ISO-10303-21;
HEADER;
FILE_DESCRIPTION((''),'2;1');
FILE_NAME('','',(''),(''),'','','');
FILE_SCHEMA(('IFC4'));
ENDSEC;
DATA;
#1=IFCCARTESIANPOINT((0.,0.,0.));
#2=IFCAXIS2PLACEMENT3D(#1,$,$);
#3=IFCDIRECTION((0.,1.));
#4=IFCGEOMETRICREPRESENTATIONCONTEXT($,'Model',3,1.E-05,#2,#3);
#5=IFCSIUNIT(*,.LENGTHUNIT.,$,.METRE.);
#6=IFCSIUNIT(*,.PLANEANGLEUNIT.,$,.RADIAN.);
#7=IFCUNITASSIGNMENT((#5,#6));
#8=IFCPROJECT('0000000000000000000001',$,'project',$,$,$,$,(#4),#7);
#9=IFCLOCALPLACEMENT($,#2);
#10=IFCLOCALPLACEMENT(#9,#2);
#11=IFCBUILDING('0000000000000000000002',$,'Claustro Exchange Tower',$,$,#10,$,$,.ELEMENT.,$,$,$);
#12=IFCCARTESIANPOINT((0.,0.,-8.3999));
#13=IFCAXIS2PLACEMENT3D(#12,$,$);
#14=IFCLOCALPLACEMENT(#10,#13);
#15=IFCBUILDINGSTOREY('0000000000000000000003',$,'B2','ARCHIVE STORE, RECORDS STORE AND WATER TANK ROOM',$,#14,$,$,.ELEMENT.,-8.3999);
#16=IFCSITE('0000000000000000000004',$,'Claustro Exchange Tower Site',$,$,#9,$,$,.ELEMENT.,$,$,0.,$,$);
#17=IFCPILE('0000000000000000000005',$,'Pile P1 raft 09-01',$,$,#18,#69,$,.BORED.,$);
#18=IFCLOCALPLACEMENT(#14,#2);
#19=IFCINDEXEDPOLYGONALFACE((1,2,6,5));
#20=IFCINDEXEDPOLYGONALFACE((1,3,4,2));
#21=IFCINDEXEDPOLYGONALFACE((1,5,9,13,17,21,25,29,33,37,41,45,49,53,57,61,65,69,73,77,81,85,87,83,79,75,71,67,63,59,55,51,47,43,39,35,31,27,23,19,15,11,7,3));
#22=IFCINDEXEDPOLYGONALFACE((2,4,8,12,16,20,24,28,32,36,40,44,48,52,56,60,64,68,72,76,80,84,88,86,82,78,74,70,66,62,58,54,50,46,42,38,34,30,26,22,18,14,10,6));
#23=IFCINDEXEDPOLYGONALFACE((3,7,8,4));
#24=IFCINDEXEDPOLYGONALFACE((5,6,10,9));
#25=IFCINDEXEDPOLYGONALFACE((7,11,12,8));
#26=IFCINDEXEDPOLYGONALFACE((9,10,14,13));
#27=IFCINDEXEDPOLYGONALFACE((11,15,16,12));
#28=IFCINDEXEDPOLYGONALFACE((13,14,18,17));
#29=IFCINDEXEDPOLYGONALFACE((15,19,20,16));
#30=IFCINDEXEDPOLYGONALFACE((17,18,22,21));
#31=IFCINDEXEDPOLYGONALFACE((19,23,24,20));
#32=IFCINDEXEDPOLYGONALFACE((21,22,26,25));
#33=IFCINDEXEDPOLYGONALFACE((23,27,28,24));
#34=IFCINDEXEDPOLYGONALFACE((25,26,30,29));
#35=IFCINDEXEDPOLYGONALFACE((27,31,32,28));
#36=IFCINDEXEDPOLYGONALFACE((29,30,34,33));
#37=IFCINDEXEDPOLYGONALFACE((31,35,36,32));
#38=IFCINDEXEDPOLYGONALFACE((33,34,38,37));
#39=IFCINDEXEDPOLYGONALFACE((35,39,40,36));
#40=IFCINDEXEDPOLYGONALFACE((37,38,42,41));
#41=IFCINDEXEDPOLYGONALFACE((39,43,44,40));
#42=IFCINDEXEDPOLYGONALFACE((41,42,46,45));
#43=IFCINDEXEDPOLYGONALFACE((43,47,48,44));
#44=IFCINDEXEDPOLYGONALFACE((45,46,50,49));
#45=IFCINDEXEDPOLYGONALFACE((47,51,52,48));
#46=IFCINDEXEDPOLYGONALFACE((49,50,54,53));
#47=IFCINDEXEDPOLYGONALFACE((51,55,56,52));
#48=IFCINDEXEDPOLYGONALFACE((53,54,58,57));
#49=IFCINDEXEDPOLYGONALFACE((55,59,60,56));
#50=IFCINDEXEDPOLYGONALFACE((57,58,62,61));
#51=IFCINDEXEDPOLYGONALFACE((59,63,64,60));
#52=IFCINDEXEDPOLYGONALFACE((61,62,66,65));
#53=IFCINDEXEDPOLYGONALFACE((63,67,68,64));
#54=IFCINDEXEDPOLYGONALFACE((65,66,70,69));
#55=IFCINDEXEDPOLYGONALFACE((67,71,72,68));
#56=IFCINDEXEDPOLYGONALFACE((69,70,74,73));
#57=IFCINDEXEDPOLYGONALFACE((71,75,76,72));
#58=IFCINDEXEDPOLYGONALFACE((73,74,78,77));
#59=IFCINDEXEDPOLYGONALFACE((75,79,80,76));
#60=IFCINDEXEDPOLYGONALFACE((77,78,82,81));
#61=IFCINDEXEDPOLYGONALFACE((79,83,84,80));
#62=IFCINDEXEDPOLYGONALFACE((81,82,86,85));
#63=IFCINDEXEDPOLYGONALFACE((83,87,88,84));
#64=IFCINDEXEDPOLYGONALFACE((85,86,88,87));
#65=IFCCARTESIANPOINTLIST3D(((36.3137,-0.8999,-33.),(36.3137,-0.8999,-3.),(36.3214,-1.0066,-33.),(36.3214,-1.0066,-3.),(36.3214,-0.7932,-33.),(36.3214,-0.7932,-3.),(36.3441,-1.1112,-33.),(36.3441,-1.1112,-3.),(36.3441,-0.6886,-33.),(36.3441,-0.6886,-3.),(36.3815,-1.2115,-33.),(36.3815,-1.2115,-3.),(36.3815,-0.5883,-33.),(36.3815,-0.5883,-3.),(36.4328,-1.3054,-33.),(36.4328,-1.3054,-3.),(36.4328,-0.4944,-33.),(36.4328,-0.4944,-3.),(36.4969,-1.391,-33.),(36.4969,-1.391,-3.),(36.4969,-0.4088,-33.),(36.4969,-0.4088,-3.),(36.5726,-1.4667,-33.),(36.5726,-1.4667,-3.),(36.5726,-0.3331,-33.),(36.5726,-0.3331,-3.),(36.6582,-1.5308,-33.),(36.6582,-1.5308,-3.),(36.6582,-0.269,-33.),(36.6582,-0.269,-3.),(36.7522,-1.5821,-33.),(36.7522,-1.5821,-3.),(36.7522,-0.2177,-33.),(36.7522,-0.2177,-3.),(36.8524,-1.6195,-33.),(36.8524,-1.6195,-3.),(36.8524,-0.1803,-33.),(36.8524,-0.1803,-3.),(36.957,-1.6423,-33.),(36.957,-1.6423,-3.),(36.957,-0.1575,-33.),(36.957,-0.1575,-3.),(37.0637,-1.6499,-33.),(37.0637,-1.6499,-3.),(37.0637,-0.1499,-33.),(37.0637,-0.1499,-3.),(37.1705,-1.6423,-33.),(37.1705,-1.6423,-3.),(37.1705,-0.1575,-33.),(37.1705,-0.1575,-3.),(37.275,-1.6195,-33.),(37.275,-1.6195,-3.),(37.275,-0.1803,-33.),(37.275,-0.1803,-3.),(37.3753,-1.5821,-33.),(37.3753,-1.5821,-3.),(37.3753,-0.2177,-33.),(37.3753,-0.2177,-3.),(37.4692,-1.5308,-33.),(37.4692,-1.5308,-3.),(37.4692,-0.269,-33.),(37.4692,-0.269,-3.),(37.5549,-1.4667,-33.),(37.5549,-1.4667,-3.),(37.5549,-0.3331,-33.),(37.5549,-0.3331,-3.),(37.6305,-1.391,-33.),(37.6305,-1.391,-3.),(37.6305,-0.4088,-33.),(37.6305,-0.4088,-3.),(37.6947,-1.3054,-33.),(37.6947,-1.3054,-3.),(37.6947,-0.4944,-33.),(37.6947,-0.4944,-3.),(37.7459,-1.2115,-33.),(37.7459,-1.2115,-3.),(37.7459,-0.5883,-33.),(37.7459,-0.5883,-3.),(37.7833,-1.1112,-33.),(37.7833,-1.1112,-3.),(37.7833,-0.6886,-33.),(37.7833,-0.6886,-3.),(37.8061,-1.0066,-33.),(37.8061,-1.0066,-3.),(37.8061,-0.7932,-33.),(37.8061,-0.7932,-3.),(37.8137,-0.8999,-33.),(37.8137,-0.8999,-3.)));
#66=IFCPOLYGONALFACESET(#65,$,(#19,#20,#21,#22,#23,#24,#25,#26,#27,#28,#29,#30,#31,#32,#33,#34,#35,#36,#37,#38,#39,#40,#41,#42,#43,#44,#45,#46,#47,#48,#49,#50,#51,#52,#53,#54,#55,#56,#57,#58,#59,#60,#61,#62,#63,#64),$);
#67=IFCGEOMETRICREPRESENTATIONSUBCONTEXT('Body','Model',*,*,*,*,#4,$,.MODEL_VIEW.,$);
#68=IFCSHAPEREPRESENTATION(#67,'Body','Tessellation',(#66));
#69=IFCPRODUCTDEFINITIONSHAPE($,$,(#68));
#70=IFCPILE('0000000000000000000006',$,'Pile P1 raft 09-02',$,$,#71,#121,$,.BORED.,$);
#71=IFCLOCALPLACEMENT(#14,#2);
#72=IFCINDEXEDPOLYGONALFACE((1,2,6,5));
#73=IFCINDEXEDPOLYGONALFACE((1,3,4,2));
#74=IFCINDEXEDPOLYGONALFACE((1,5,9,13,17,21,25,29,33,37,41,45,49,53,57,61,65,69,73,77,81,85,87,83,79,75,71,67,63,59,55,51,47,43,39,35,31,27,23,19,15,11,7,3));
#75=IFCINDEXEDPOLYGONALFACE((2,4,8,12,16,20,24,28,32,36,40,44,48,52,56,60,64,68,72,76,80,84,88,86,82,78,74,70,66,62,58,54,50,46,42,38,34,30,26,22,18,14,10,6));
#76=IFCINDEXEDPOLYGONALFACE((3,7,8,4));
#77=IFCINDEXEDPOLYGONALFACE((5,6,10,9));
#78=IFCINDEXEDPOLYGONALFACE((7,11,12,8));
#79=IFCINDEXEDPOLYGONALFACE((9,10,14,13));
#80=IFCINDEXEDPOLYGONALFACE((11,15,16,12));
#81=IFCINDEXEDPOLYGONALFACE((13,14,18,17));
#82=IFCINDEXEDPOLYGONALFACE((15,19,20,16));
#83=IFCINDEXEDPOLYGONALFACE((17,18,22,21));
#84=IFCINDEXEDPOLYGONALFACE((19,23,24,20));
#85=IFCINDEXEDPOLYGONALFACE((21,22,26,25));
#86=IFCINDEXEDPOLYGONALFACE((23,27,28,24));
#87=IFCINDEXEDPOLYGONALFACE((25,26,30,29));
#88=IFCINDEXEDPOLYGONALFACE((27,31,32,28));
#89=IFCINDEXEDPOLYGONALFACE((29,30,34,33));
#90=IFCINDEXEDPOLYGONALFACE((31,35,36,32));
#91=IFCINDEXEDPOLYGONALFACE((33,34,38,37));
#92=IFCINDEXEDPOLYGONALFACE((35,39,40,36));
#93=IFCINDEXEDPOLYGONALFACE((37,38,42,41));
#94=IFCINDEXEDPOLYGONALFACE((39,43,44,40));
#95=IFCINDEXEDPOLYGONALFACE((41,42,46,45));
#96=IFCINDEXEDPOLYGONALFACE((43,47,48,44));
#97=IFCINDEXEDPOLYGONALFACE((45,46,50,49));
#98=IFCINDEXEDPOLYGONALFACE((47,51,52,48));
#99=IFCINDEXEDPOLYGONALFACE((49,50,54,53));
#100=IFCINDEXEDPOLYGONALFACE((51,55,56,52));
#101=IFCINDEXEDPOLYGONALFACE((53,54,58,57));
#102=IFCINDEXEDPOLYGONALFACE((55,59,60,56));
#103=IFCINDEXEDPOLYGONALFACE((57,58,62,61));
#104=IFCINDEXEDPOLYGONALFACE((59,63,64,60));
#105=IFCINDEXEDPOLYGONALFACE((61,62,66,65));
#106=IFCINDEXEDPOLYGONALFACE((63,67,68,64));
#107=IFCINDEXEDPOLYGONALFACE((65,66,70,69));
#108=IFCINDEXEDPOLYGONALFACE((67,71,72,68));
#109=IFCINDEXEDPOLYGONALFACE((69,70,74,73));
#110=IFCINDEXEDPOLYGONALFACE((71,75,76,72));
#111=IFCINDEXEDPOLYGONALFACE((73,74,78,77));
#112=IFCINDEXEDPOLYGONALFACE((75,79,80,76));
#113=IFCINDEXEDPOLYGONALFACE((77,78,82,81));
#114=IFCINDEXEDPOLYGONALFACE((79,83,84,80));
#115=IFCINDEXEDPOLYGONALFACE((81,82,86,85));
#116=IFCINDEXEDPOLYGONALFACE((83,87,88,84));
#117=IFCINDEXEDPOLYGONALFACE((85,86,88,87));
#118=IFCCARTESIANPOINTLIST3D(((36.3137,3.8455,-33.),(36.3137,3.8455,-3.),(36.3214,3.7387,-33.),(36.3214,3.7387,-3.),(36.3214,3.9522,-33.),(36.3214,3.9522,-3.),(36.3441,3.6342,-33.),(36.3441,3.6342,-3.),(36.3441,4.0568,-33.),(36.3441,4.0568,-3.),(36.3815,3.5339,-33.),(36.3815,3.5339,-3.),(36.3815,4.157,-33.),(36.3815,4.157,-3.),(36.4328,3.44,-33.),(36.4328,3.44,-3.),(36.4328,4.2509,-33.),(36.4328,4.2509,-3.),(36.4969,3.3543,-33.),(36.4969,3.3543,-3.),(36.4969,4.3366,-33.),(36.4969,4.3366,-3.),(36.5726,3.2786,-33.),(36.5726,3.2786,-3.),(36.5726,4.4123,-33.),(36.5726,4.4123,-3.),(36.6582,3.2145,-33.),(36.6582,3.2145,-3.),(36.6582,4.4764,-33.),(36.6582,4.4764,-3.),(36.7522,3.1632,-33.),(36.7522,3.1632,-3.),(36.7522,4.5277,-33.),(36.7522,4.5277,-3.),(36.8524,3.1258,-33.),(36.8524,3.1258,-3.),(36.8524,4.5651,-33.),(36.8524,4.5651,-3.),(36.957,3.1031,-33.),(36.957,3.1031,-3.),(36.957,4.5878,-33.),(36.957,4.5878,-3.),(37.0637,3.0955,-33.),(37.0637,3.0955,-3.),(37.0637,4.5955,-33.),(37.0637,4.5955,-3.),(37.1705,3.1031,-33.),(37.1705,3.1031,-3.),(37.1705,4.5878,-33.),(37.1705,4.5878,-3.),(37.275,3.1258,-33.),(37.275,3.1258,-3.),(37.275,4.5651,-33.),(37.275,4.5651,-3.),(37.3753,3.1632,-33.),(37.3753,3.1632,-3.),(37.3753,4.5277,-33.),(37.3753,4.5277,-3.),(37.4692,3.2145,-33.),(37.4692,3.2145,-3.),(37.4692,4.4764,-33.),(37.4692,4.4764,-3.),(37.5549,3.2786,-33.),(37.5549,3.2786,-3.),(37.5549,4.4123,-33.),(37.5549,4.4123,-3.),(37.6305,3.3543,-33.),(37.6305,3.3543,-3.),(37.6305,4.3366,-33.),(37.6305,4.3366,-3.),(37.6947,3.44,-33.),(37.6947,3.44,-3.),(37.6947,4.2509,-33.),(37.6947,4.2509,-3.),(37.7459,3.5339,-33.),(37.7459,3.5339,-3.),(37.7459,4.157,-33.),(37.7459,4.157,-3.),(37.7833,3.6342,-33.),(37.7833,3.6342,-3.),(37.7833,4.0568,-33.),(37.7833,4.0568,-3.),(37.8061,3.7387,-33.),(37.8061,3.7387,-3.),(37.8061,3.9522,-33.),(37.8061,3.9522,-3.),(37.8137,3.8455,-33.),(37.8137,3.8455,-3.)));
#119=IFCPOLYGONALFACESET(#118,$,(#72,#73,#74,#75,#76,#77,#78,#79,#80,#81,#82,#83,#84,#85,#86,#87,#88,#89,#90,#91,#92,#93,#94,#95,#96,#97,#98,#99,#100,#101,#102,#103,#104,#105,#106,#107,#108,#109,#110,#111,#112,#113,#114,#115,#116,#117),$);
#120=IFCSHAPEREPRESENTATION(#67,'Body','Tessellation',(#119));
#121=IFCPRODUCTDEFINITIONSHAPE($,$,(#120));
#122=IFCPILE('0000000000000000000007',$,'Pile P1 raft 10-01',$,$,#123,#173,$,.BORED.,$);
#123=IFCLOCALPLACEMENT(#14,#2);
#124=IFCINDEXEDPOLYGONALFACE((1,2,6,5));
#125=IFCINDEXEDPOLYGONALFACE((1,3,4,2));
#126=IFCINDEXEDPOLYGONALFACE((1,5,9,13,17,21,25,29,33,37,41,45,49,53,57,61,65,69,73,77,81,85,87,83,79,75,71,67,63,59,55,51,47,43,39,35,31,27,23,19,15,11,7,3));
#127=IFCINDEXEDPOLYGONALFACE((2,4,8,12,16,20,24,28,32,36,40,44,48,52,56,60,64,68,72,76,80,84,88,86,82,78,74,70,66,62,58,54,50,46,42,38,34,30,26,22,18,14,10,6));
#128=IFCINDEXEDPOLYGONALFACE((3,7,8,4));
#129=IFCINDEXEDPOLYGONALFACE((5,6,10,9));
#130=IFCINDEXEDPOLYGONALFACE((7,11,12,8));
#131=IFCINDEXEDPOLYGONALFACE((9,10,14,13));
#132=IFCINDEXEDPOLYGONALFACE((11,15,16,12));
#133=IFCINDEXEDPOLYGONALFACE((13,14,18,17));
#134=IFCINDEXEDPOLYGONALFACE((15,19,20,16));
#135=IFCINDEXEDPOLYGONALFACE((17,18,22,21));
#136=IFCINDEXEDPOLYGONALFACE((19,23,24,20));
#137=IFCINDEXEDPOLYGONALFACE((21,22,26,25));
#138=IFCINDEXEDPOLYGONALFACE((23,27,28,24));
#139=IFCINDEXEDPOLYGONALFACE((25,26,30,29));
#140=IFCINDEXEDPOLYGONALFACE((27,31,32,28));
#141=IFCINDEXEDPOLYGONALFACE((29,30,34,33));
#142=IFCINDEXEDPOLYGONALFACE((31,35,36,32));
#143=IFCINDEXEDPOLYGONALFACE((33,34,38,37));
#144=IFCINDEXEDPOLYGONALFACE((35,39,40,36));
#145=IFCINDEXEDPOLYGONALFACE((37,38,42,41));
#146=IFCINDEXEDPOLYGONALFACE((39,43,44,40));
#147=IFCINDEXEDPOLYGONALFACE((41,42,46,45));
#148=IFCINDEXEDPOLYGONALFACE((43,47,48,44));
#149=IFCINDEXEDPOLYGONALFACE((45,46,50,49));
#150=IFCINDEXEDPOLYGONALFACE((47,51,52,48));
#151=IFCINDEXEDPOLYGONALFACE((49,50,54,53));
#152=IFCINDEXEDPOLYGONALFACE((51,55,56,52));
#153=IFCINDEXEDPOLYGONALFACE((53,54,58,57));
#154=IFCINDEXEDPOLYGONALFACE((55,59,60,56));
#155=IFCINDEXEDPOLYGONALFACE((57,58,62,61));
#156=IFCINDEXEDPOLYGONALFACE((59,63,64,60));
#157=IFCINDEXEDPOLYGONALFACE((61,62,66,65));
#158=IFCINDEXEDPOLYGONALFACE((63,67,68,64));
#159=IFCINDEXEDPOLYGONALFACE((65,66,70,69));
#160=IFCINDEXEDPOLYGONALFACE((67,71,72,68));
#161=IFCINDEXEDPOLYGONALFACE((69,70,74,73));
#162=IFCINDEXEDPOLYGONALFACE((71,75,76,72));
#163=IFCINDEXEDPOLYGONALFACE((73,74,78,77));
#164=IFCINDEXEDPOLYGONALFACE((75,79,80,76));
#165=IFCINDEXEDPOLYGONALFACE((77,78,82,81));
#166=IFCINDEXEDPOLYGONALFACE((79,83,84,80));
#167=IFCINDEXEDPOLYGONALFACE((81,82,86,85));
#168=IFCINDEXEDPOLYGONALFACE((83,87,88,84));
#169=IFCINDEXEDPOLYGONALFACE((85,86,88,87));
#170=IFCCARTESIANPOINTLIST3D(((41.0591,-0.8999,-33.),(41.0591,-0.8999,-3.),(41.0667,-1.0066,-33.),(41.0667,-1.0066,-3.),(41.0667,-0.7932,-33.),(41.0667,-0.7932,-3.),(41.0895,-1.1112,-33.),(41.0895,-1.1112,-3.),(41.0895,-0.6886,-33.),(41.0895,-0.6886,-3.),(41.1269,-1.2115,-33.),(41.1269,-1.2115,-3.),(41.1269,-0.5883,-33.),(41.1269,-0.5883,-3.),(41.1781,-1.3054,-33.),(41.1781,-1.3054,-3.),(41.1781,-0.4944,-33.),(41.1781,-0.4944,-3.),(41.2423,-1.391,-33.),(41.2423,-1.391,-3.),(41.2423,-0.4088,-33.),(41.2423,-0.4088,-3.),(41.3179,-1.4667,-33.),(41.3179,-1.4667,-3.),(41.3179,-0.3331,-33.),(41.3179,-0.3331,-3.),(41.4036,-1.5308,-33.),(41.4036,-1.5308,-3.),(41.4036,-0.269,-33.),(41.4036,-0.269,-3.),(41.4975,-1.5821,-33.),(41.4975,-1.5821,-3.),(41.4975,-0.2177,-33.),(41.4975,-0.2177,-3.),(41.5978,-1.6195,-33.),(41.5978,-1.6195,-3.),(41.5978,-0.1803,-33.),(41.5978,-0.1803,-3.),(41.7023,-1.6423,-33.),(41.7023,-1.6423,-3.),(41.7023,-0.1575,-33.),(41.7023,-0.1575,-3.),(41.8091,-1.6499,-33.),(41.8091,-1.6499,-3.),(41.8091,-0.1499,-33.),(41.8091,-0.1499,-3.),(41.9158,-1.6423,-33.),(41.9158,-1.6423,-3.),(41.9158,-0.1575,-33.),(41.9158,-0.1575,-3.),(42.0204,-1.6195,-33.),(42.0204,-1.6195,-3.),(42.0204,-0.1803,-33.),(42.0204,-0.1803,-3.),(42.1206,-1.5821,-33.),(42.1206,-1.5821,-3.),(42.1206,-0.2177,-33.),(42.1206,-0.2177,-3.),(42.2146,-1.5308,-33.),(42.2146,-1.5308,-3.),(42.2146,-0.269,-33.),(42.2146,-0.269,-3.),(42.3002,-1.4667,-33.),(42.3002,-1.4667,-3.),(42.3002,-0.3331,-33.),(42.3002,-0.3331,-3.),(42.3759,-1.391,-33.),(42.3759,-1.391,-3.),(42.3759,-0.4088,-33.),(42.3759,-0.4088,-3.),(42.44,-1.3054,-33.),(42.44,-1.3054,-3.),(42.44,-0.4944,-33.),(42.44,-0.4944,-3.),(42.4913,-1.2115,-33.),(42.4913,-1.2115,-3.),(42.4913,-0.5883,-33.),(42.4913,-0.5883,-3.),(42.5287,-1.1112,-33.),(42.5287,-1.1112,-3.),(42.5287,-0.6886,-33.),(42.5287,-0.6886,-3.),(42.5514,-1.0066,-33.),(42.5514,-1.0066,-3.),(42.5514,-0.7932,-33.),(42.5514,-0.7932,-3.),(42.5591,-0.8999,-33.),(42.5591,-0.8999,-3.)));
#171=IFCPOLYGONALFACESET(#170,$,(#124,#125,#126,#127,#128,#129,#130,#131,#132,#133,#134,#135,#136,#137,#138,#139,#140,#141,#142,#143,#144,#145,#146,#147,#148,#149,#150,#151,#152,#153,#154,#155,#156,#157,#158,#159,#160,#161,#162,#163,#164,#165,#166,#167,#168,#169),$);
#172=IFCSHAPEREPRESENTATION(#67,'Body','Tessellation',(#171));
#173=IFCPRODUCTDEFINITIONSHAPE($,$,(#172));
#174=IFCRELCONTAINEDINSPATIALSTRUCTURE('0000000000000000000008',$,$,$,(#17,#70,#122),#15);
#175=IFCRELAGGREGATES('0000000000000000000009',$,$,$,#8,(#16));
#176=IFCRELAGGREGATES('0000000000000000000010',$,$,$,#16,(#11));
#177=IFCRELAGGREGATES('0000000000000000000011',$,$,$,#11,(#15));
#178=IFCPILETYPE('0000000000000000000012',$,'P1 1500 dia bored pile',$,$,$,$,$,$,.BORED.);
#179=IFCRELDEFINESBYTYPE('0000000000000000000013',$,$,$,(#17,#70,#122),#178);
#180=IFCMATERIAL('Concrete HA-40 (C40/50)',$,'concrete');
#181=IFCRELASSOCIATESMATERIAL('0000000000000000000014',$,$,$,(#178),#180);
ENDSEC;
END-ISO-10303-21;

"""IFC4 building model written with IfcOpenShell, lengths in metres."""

from ifc_helpers import new_model, si_unit, direction, frame, origin, origin_2d, place, context, subcontext, project, spatial, circle, extrude, material, type_object, element, save


model = new_model("IFC4")

# Units and contexts
model_context = context("Model", 3, precision=1e-05, world=origin(), true_north=direction((0.0, 1.0)))
body_context = subcontext(model_context, "Body", "Model", "MODEL_VIEW")
ifc_project = project(units=[si_unit("LENGTHUNIT", "METRE"), si_unit("PLANEANGLEUNIT", "RADIAN")], contexts=[model_context])

# Site, building, storey
site_placement = place(None, origin())
site = spatial("IfcSite", under=ifc_project, at=site_placement, Name="Claustro Exchange Tower Site", CompositionType="ELEMENT", RefElevation=0.0)
building_placement = place(site_placement, origin())
building = spatial("IfcBuilding", under=site, at=building_placement, Name="Claustro Exchange Tower", CompositionType="ELEMENT")
storey_placement = place(building_placement, frame((0.0, 0.0, -8.3999)))
storey = spatial("IfcBuildingStorey", under=building, at=storey_placement, Name="B2", Description="ARCHIVE STORE, RECORDS STORE AND WATER TANK ROOM", CompositionType="ELEMENT", Elevation=-8.3999)

# Piles
ifc_material_1 = material(Name="Concrete HA-40 (C40/50)", Category="concrete")
pile_type_1 = type_object("IfcPileType", Name="P1 1500 dia bored pile", PredefinedType="BORED", material=ifc_material_1)
for number, where, z_axis, x_axis, name in (
    (1, (37.0637, -0.8999, -3.0), (0.0, 0.0, -1.0), (1.0, 0.0, 0.0), "Pile P1 raft 09-01"),
    (2, (37.0637, 3.8455, -3.0), (0.0, 0.0, -1.0), (1.0, 0.0, 0.0), "Pile P1 raft 09-02"),
    (3, (41.8091, -0.8999, -3.0), (0.0, 0.0, -1.0), (1.0, 0.0, 0.0), "Pile P1 raft 10-01"),
):
    element("IfcPile", number, at=place(storey_placement, frame(where, z_axis=z_axis, x_axis=x_axis)), inside=storey, type_object=pile_type_1, Name=name, PredefinedType="BORED", context=body_context, shape_type="SweptSolid", body=[
        extrude(circle(Radius=0.75, at=origin_2d()), origin(), (0.0, 0.0, 1.0), 30.0),
    ])

save(model, "model.ifc")
